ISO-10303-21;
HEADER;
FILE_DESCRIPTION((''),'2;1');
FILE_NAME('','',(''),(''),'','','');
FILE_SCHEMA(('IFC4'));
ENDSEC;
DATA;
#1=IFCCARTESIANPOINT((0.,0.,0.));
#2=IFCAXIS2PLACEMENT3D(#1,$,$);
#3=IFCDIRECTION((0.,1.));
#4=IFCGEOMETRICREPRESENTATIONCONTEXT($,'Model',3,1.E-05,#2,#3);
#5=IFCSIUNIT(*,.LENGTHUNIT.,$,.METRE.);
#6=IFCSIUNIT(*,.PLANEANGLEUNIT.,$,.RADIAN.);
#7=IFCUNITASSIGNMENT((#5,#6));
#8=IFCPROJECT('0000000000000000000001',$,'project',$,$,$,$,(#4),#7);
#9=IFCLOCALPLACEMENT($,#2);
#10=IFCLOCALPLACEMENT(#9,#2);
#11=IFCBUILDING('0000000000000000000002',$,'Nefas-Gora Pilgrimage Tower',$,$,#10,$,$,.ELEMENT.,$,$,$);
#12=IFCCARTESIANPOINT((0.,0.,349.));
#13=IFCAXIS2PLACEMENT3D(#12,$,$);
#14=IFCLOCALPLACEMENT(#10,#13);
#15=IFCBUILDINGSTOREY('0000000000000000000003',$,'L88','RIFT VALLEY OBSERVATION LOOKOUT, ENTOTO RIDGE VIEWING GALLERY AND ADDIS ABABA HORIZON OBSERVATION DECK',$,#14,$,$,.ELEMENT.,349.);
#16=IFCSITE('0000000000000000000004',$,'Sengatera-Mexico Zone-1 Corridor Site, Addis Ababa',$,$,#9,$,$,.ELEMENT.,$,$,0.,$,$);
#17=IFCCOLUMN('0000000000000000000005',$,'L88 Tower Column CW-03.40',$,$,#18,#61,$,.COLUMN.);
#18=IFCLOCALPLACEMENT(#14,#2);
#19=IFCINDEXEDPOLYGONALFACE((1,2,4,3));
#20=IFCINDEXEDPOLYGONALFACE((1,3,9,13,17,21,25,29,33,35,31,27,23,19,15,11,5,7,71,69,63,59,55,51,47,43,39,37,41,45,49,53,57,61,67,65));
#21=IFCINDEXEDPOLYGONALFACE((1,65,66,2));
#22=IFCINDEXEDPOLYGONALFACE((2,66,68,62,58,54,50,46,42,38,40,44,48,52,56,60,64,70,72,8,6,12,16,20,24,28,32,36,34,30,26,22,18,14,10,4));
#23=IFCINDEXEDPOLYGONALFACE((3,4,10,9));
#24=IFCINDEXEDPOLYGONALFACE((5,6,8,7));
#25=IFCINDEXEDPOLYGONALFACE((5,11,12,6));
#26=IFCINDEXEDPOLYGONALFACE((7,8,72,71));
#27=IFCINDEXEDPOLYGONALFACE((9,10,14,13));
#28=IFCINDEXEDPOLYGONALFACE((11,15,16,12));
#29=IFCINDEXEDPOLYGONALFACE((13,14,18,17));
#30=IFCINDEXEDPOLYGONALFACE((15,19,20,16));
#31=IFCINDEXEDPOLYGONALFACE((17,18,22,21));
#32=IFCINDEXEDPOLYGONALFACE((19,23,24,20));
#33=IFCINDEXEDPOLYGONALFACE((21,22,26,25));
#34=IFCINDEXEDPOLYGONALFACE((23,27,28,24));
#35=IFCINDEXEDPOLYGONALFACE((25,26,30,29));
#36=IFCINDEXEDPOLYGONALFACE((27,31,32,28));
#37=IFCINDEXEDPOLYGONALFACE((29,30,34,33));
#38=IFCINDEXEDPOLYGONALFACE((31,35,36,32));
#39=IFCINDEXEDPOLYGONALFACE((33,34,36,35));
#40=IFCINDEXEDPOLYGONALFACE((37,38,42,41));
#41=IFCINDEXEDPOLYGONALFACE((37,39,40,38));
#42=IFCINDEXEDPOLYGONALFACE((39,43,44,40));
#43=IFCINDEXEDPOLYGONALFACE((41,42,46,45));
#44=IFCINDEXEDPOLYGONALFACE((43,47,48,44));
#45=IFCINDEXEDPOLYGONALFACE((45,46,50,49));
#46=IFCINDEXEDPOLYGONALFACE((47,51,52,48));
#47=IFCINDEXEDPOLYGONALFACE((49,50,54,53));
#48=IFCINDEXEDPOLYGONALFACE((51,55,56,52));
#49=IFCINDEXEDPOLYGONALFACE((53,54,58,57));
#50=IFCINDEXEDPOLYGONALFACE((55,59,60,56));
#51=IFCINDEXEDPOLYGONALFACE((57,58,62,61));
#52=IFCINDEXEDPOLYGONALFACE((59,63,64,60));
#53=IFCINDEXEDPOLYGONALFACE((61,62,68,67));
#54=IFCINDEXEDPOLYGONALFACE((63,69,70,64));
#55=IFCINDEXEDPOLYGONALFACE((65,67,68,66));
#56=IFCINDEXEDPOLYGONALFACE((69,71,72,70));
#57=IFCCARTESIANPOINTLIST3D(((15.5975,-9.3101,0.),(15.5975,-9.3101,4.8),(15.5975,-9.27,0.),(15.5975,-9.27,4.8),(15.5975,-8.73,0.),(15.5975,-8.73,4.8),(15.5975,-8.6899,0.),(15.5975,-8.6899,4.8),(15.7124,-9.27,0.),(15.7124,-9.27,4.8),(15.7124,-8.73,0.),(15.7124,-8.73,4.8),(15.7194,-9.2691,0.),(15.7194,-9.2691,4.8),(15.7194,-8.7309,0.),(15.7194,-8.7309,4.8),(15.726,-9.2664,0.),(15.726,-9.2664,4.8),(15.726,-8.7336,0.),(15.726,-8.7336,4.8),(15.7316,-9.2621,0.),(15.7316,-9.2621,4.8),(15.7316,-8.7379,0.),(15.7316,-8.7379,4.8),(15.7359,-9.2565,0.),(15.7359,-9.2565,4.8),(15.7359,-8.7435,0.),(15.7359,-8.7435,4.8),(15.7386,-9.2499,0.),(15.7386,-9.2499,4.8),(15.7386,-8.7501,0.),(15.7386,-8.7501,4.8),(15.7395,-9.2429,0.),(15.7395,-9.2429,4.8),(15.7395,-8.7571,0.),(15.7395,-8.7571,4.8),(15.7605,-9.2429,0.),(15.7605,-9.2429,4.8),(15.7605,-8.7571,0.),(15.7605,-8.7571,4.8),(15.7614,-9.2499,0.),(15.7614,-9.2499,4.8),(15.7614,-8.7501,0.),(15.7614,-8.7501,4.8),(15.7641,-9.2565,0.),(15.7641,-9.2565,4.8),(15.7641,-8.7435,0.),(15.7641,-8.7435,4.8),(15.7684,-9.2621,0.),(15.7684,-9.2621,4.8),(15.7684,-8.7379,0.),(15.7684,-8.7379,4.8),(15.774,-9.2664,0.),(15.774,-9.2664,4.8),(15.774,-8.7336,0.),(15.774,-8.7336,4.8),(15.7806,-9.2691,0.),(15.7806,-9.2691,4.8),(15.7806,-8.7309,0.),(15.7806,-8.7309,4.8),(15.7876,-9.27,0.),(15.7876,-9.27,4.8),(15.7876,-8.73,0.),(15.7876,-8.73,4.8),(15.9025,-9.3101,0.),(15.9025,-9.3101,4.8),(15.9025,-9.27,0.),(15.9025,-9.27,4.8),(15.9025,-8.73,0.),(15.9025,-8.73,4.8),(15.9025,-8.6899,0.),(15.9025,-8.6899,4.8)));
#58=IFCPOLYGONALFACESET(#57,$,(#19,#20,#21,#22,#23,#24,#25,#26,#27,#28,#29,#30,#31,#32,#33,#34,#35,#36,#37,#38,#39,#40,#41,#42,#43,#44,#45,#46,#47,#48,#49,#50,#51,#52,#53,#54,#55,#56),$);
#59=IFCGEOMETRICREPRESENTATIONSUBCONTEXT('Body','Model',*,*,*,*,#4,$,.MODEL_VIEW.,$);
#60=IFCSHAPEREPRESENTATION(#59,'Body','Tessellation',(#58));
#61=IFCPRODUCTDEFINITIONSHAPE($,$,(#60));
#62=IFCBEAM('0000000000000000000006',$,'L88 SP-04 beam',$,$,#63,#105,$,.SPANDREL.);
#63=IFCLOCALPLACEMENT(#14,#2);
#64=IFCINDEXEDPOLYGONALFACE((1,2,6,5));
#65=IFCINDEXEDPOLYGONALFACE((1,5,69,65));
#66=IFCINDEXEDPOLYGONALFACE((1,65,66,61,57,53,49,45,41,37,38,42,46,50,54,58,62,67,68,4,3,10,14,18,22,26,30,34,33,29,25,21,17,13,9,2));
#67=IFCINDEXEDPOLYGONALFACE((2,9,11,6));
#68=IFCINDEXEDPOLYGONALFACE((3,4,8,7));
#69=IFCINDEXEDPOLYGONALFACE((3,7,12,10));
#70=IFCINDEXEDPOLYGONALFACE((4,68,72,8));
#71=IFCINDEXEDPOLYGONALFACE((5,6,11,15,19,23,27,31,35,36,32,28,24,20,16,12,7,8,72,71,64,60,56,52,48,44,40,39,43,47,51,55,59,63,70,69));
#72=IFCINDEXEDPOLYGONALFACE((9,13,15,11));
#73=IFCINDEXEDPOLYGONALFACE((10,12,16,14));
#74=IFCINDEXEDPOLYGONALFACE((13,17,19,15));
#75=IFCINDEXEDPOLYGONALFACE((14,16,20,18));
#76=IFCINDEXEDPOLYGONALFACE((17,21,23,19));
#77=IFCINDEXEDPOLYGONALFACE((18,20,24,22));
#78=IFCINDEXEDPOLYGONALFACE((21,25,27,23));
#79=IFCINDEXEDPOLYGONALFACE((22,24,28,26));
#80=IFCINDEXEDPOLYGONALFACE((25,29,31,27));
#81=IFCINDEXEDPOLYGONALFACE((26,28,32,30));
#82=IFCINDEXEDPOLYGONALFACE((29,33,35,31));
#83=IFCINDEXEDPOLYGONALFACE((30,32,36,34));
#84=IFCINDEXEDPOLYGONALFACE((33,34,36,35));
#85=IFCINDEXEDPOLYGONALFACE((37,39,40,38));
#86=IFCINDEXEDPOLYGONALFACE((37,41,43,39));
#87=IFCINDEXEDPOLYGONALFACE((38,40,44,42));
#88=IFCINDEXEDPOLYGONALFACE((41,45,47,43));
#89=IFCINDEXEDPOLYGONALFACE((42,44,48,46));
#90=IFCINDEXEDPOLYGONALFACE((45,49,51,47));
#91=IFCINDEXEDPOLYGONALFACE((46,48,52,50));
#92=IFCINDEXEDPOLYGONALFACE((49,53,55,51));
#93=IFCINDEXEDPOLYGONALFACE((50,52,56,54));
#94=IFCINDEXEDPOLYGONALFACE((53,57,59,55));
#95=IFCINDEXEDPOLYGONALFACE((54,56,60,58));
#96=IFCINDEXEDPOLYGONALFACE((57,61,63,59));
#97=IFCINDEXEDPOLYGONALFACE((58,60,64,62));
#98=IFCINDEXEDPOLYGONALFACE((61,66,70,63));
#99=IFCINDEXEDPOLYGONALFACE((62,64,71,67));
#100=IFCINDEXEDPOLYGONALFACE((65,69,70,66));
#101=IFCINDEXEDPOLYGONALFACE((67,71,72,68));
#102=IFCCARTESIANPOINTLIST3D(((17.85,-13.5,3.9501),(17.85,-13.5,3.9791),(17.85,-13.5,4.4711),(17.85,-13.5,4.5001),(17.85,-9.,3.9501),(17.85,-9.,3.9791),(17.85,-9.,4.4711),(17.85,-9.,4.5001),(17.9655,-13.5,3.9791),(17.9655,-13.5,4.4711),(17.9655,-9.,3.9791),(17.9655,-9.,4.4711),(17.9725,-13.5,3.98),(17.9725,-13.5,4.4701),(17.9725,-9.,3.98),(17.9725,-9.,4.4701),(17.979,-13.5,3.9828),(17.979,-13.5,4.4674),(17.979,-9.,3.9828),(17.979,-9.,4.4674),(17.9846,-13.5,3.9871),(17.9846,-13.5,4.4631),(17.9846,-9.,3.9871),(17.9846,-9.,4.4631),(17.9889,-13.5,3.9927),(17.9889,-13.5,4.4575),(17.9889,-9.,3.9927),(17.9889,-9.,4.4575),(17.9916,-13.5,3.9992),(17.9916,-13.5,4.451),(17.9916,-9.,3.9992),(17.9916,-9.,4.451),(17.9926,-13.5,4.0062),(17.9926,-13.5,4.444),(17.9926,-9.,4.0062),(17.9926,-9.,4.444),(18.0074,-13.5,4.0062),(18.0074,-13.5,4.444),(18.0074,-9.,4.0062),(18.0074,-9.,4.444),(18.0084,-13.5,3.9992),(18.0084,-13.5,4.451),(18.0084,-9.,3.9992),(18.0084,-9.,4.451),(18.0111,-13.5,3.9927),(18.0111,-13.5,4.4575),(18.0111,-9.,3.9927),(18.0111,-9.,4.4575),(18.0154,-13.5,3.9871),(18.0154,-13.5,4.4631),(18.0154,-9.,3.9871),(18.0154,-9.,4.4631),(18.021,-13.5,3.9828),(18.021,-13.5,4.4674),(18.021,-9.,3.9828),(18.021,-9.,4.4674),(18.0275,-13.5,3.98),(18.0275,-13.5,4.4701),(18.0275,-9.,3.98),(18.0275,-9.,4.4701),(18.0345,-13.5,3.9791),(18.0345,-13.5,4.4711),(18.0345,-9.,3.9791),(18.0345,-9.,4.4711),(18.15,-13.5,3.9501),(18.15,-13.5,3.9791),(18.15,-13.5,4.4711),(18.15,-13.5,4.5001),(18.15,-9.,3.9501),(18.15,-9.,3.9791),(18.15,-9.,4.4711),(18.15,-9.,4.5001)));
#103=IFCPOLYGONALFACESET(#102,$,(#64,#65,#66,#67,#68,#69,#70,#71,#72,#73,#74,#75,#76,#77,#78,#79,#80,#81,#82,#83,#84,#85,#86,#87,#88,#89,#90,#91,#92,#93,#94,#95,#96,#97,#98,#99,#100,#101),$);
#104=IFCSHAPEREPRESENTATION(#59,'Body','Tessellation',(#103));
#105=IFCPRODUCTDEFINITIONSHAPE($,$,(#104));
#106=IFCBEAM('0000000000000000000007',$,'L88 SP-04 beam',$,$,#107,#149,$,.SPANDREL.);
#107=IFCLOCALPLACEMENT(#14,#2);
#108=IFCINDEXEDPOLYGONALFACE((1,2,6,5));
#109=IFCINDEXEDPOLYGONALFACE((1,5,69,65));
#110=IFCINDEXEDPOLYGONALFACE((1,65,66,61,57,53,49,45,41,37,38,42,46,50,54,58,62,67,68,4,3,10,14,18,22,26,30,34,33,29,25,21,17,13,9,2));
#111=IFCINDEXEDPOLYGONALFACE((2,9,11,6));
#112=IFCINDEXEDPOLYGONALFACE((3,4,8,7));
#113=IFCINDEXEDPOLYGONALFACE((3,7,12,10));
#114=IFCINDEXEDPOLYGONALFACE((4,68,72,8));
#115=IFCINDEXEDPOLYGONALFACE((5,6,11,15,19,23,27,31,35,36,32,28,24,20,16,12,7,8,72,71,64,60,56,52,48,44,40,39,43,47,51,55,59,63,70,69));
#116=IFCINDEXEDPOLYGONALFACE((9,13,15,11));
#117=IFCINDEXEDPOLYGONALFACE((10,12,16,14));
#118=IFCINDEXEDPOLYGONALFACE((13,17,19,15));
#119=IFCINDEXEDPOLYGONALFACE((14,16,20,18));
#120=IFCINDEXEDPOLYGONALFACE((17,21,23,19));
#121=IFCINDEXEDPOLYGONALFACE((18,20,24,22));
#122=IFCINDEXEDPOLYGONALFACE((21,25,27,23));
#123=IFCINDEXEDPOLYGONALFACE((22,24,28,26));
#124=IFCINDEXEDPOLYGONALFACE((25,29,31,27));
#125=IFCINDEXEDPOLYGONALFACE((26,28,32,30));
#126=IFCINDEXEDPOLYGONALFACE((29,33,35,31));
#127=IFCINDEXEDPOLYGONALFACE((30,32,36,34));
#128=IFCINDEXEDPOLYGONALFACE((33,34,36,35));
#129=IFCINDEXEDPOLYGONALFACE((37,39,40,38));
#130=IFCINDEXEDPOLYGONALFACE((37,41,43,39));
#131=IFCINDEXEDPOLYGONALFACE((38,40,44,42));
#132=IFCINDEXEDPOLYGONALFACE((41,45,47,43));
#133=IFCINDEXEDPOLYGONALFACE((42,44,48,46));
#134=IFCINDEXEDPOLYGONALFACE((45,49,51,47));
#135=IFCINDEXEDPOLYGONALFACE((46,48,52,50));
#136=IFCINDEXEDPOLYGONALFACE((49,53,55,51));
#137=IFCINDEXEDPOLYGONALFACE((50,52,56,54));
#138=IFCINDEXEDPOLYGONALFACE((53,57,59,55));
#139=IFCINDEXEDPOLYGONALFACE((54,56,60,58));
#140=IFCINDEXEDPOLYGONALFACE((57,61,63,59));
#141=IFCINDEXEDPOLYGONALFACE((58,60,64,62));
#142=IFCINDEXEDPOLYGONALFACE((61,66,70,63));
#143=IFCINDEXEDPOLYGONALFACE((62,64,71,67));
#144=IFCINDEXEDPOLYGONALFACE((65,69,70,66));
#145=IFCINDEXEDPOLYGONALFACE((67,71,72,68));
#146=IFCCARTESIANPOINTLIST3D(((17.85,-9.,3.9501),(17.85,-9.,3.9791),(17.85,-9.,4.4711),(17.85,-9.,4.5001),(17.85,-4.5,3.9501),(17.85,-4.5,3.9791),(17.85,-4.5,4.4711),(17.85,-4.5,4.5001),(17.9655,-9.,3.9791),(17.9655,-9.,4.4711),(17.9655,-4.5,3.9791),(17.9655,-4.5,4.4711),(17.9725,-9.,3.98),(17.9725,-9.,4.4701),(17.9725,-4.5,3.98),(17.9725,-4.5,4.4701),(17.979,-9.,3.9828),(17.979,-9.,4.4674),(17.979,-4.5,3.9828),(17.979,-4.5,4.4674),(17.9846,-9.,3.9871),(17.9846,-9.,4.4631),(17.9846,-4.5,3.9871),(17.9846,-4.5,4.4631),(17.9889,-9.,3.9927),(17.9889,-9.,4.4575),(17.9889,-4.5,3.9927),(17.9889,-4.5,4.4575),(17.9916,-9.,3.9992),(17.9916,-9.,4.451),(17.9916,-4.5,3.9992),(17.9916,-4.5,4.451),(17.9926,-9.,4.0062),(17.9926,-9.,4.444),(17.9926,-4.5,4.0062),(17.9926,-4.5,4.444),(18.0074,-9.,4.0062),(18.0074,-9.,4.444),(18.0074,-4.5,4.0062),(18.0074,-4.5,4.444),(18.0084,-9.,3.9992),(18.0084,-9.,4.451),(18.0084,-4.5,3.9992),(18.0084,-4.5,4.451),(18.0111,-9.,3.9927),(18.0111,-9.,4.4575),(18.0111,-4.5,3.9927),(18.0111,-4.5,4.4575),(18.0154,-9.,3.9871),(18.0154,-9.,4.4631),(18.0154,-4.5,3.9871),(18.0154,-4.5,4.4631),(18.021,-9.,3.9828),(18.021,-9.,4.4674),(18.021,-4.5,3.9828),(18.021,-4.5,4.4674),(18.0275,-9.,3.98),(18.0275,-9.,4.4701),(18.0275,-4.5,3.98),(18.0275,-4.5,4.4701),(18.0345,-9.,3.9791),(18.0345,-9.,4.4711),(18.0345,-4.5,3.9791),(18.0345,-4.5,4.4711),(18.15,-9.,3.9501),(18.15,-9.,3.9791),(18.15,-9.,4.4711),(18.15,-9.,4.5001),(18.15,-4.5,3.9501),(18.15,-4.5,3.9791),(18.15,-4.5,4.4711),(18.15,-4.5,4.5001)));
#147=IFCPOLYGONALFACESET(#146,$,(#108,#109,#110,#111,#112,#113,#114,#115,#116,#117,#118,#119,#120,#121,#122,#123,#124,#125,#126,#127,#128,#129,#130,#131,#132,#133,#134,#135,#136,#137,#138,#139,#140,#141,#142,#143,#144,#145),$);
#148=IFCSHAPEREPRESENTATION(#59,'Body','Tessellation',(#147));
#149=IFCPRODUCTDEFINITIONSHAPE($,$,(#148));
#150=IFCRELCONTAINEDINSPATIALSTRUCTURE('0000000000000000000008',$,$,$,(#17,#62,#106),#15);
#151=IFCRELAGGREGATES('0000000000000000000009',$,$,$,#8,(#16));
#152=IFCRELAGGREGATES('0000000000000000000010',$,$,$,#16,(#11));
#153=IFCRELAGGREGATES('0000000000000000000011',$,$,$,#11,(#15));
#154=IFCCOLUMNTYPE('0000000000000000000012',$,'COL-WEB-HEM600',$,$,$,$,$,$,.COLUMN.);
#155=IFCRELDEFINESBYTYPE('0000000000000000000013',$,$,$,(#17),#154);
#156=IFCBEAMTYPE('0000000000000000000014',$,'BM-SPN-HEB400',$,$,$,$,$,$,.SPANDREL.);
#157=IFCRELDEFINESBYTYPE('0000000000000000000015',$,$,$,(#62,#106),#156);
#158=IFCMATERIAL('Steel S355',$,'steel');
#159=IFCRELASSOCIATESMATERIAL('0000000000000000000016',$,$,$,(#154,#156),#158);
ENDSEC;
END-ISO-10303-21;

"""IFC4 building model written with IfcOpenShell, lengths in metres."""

from ifc_helpers import new_model, si_unit, direction, frame, origin, origin_2d, place, context, subcontext, project, spatial, i_section, extrude, source, transform, mapped, material, material_profile, profile_set, type_object, element, save


model = new_model("IFC4")

# Units and contexts
model_context = context("Model", 3, precision=1e-05, world=origin(), true_north=direction((0.0, 1.0)))
body_context = subcontext(model_context, "Body", "Model", "MODEL_VIEW")
ifc_project = project(units=[si_unit("LENGTHUNIT", "METRE"), si_unit("PLANEANGLEUNIT", "RADIAN")], contexts=[model_context])

# Site, building, storey
site_placement = place(None, origin())
site = spatial("IfcSite", under=ifc_project, at=site_placement, Name="Sengatera-Mexico Zone-1 Corridor Site, Addis Ababa", CompositionType="ELEMENT", RefElevation=0.0)
building_placement = place(site_placement, origin())
building = spatial("IfcBuilding", under=site, at=building_placement, Name="Nefas-Gora Pilgrimage Tower", CompositionType="ELEMENT")
storey_placement = place(building_placement, frame((0.0, 0.0, 349.0)))
storey = spatial("IfcBuildingStorey", under=building, at=storey_placement, Name="L88", Description="RIFT VALLEY OBSERVATION LOOKOUT, ENTOTO RIDGE VIEWING GALLERY AND ADDIS ABABA HORIZON OBSERVATION DECK", CompositionType="ELEMENT", Elevation=349.0)

# Column
ifc_material_1 = material(Name="Steel S355", Category="steel")
ifc_material_profile_1 = material_profile(ifc_material_1, i_section(OverallWidth=0.3049, OverallDepth=0.6201, WebThickness=0.021, FlangeThickness=0.04, FilletRadius=0.0271, at=origin_2d()), Name="HEM 600")
ifc_profile_set_1 = profile_set([ifc_material_profile_1], Name="Steel S355")
column_type_1 = type_object("IfcColumnType", Name="COL-WEB-HEM600", PredefinedType="COLUMN", material=ifc_profile_set_1)
shared_shape_1 = source(origin(), body_context, "Body", "SweptSolid", [
    extrude(i_section(OverallWidth=0.3049, OverallDepth=0.6201, WebThickness=0.021, FlangeThickness=0.04, FilletRadius=0.0271, at=origin_2d()), origin(), (0.0, 0.0, 1.0), 4.8),
])
for number, where, z_axis, x_axis, name in (
    (1, (15.75, -9.0, 0.0), (0.0, 0.0, 1.0), (1.0, 0.0, 0.0), "L88 Tower Column CW-03.40"),
):
    element("IfcColumn", number, at=place(storey_placement, frame(where, z_axis=z_axis, x_axis=x_axis)), inside=storey, type_object=column_type_1, Name=name, PredefinedType="COLUMN", context=body_context, shape_type="MappedRepresentation", body=[
        mapped(shared_shape_1, transform((0.0, 0.0, 0.0), x_axis=(1.0, 0.0, 0.0), y_axis=(0.0, 1.0, 0.0), z_axis=(0.0, 0.0, 1.0), scale=1.0)),
    ])

# Beams
ifc_material_profile_2 = material_profile(ifc_material_1, i_section(OverallWidth=0.3, OverallDepth=0.55, WebThickness=0.0149, FlangeThickness=0.0291, FilletRadius=0.0271, at=origin_2d()), Name="HEB 550")
ifc_profile_set_2 = profile_set([ifc_material_profile_2], Name="Steel S355")
beam_type_1 = type_object("IfcBeamType", Name="BM-SPN-HEB400", PredefinedType="SPANDREL", material=ifc_profile_set_2)
shared_shape_2 = source(origin(), body_context, "Body", "SweptSolid", [
    extrude(i_section(OverallWidth=0.3, OverallDepth=0.55, WebThickness=0.0149, FlangeThickness=0.0291, FilletRadius=0.0271, at=origin_2d()), origin(), (0.0, 0.0, 1.0), 4.5),
])
for number, where, z_axis, x_axis, name in (
    (2, (18.0, -13.5, 4.2251), (0.0, 1.0, 0.0), (-1.0, 0.0, 0.0), "L88 SP-04 beam"),
    (3, (18.0, -9.0, 4.2251), (0.0, 1.0, 0.0), (-1.0, 0.0, 0.0), "L88 SP-04 beam"),
):
    element("IfcBeam", number, at=place(storey_placement, frame(where, z_axis=z_axis, x_axis=x_axis)), inside=storey, type_object=beam_type_1, Name=name, PredefinedType="SPANDREL", context=body_context, shape_type="MappedRepresentation", body=[
        mapped(shared_shape_2, transform((0.0, 0.0, 0.0), x_axis=(1.0, 0.0, 0.0), y_axis=(0.0, 1.0, 0.0), z_axis=(0.0, 0.0, 1.0), scale=1.0)),
    ])

save(model, "model.ifc")
